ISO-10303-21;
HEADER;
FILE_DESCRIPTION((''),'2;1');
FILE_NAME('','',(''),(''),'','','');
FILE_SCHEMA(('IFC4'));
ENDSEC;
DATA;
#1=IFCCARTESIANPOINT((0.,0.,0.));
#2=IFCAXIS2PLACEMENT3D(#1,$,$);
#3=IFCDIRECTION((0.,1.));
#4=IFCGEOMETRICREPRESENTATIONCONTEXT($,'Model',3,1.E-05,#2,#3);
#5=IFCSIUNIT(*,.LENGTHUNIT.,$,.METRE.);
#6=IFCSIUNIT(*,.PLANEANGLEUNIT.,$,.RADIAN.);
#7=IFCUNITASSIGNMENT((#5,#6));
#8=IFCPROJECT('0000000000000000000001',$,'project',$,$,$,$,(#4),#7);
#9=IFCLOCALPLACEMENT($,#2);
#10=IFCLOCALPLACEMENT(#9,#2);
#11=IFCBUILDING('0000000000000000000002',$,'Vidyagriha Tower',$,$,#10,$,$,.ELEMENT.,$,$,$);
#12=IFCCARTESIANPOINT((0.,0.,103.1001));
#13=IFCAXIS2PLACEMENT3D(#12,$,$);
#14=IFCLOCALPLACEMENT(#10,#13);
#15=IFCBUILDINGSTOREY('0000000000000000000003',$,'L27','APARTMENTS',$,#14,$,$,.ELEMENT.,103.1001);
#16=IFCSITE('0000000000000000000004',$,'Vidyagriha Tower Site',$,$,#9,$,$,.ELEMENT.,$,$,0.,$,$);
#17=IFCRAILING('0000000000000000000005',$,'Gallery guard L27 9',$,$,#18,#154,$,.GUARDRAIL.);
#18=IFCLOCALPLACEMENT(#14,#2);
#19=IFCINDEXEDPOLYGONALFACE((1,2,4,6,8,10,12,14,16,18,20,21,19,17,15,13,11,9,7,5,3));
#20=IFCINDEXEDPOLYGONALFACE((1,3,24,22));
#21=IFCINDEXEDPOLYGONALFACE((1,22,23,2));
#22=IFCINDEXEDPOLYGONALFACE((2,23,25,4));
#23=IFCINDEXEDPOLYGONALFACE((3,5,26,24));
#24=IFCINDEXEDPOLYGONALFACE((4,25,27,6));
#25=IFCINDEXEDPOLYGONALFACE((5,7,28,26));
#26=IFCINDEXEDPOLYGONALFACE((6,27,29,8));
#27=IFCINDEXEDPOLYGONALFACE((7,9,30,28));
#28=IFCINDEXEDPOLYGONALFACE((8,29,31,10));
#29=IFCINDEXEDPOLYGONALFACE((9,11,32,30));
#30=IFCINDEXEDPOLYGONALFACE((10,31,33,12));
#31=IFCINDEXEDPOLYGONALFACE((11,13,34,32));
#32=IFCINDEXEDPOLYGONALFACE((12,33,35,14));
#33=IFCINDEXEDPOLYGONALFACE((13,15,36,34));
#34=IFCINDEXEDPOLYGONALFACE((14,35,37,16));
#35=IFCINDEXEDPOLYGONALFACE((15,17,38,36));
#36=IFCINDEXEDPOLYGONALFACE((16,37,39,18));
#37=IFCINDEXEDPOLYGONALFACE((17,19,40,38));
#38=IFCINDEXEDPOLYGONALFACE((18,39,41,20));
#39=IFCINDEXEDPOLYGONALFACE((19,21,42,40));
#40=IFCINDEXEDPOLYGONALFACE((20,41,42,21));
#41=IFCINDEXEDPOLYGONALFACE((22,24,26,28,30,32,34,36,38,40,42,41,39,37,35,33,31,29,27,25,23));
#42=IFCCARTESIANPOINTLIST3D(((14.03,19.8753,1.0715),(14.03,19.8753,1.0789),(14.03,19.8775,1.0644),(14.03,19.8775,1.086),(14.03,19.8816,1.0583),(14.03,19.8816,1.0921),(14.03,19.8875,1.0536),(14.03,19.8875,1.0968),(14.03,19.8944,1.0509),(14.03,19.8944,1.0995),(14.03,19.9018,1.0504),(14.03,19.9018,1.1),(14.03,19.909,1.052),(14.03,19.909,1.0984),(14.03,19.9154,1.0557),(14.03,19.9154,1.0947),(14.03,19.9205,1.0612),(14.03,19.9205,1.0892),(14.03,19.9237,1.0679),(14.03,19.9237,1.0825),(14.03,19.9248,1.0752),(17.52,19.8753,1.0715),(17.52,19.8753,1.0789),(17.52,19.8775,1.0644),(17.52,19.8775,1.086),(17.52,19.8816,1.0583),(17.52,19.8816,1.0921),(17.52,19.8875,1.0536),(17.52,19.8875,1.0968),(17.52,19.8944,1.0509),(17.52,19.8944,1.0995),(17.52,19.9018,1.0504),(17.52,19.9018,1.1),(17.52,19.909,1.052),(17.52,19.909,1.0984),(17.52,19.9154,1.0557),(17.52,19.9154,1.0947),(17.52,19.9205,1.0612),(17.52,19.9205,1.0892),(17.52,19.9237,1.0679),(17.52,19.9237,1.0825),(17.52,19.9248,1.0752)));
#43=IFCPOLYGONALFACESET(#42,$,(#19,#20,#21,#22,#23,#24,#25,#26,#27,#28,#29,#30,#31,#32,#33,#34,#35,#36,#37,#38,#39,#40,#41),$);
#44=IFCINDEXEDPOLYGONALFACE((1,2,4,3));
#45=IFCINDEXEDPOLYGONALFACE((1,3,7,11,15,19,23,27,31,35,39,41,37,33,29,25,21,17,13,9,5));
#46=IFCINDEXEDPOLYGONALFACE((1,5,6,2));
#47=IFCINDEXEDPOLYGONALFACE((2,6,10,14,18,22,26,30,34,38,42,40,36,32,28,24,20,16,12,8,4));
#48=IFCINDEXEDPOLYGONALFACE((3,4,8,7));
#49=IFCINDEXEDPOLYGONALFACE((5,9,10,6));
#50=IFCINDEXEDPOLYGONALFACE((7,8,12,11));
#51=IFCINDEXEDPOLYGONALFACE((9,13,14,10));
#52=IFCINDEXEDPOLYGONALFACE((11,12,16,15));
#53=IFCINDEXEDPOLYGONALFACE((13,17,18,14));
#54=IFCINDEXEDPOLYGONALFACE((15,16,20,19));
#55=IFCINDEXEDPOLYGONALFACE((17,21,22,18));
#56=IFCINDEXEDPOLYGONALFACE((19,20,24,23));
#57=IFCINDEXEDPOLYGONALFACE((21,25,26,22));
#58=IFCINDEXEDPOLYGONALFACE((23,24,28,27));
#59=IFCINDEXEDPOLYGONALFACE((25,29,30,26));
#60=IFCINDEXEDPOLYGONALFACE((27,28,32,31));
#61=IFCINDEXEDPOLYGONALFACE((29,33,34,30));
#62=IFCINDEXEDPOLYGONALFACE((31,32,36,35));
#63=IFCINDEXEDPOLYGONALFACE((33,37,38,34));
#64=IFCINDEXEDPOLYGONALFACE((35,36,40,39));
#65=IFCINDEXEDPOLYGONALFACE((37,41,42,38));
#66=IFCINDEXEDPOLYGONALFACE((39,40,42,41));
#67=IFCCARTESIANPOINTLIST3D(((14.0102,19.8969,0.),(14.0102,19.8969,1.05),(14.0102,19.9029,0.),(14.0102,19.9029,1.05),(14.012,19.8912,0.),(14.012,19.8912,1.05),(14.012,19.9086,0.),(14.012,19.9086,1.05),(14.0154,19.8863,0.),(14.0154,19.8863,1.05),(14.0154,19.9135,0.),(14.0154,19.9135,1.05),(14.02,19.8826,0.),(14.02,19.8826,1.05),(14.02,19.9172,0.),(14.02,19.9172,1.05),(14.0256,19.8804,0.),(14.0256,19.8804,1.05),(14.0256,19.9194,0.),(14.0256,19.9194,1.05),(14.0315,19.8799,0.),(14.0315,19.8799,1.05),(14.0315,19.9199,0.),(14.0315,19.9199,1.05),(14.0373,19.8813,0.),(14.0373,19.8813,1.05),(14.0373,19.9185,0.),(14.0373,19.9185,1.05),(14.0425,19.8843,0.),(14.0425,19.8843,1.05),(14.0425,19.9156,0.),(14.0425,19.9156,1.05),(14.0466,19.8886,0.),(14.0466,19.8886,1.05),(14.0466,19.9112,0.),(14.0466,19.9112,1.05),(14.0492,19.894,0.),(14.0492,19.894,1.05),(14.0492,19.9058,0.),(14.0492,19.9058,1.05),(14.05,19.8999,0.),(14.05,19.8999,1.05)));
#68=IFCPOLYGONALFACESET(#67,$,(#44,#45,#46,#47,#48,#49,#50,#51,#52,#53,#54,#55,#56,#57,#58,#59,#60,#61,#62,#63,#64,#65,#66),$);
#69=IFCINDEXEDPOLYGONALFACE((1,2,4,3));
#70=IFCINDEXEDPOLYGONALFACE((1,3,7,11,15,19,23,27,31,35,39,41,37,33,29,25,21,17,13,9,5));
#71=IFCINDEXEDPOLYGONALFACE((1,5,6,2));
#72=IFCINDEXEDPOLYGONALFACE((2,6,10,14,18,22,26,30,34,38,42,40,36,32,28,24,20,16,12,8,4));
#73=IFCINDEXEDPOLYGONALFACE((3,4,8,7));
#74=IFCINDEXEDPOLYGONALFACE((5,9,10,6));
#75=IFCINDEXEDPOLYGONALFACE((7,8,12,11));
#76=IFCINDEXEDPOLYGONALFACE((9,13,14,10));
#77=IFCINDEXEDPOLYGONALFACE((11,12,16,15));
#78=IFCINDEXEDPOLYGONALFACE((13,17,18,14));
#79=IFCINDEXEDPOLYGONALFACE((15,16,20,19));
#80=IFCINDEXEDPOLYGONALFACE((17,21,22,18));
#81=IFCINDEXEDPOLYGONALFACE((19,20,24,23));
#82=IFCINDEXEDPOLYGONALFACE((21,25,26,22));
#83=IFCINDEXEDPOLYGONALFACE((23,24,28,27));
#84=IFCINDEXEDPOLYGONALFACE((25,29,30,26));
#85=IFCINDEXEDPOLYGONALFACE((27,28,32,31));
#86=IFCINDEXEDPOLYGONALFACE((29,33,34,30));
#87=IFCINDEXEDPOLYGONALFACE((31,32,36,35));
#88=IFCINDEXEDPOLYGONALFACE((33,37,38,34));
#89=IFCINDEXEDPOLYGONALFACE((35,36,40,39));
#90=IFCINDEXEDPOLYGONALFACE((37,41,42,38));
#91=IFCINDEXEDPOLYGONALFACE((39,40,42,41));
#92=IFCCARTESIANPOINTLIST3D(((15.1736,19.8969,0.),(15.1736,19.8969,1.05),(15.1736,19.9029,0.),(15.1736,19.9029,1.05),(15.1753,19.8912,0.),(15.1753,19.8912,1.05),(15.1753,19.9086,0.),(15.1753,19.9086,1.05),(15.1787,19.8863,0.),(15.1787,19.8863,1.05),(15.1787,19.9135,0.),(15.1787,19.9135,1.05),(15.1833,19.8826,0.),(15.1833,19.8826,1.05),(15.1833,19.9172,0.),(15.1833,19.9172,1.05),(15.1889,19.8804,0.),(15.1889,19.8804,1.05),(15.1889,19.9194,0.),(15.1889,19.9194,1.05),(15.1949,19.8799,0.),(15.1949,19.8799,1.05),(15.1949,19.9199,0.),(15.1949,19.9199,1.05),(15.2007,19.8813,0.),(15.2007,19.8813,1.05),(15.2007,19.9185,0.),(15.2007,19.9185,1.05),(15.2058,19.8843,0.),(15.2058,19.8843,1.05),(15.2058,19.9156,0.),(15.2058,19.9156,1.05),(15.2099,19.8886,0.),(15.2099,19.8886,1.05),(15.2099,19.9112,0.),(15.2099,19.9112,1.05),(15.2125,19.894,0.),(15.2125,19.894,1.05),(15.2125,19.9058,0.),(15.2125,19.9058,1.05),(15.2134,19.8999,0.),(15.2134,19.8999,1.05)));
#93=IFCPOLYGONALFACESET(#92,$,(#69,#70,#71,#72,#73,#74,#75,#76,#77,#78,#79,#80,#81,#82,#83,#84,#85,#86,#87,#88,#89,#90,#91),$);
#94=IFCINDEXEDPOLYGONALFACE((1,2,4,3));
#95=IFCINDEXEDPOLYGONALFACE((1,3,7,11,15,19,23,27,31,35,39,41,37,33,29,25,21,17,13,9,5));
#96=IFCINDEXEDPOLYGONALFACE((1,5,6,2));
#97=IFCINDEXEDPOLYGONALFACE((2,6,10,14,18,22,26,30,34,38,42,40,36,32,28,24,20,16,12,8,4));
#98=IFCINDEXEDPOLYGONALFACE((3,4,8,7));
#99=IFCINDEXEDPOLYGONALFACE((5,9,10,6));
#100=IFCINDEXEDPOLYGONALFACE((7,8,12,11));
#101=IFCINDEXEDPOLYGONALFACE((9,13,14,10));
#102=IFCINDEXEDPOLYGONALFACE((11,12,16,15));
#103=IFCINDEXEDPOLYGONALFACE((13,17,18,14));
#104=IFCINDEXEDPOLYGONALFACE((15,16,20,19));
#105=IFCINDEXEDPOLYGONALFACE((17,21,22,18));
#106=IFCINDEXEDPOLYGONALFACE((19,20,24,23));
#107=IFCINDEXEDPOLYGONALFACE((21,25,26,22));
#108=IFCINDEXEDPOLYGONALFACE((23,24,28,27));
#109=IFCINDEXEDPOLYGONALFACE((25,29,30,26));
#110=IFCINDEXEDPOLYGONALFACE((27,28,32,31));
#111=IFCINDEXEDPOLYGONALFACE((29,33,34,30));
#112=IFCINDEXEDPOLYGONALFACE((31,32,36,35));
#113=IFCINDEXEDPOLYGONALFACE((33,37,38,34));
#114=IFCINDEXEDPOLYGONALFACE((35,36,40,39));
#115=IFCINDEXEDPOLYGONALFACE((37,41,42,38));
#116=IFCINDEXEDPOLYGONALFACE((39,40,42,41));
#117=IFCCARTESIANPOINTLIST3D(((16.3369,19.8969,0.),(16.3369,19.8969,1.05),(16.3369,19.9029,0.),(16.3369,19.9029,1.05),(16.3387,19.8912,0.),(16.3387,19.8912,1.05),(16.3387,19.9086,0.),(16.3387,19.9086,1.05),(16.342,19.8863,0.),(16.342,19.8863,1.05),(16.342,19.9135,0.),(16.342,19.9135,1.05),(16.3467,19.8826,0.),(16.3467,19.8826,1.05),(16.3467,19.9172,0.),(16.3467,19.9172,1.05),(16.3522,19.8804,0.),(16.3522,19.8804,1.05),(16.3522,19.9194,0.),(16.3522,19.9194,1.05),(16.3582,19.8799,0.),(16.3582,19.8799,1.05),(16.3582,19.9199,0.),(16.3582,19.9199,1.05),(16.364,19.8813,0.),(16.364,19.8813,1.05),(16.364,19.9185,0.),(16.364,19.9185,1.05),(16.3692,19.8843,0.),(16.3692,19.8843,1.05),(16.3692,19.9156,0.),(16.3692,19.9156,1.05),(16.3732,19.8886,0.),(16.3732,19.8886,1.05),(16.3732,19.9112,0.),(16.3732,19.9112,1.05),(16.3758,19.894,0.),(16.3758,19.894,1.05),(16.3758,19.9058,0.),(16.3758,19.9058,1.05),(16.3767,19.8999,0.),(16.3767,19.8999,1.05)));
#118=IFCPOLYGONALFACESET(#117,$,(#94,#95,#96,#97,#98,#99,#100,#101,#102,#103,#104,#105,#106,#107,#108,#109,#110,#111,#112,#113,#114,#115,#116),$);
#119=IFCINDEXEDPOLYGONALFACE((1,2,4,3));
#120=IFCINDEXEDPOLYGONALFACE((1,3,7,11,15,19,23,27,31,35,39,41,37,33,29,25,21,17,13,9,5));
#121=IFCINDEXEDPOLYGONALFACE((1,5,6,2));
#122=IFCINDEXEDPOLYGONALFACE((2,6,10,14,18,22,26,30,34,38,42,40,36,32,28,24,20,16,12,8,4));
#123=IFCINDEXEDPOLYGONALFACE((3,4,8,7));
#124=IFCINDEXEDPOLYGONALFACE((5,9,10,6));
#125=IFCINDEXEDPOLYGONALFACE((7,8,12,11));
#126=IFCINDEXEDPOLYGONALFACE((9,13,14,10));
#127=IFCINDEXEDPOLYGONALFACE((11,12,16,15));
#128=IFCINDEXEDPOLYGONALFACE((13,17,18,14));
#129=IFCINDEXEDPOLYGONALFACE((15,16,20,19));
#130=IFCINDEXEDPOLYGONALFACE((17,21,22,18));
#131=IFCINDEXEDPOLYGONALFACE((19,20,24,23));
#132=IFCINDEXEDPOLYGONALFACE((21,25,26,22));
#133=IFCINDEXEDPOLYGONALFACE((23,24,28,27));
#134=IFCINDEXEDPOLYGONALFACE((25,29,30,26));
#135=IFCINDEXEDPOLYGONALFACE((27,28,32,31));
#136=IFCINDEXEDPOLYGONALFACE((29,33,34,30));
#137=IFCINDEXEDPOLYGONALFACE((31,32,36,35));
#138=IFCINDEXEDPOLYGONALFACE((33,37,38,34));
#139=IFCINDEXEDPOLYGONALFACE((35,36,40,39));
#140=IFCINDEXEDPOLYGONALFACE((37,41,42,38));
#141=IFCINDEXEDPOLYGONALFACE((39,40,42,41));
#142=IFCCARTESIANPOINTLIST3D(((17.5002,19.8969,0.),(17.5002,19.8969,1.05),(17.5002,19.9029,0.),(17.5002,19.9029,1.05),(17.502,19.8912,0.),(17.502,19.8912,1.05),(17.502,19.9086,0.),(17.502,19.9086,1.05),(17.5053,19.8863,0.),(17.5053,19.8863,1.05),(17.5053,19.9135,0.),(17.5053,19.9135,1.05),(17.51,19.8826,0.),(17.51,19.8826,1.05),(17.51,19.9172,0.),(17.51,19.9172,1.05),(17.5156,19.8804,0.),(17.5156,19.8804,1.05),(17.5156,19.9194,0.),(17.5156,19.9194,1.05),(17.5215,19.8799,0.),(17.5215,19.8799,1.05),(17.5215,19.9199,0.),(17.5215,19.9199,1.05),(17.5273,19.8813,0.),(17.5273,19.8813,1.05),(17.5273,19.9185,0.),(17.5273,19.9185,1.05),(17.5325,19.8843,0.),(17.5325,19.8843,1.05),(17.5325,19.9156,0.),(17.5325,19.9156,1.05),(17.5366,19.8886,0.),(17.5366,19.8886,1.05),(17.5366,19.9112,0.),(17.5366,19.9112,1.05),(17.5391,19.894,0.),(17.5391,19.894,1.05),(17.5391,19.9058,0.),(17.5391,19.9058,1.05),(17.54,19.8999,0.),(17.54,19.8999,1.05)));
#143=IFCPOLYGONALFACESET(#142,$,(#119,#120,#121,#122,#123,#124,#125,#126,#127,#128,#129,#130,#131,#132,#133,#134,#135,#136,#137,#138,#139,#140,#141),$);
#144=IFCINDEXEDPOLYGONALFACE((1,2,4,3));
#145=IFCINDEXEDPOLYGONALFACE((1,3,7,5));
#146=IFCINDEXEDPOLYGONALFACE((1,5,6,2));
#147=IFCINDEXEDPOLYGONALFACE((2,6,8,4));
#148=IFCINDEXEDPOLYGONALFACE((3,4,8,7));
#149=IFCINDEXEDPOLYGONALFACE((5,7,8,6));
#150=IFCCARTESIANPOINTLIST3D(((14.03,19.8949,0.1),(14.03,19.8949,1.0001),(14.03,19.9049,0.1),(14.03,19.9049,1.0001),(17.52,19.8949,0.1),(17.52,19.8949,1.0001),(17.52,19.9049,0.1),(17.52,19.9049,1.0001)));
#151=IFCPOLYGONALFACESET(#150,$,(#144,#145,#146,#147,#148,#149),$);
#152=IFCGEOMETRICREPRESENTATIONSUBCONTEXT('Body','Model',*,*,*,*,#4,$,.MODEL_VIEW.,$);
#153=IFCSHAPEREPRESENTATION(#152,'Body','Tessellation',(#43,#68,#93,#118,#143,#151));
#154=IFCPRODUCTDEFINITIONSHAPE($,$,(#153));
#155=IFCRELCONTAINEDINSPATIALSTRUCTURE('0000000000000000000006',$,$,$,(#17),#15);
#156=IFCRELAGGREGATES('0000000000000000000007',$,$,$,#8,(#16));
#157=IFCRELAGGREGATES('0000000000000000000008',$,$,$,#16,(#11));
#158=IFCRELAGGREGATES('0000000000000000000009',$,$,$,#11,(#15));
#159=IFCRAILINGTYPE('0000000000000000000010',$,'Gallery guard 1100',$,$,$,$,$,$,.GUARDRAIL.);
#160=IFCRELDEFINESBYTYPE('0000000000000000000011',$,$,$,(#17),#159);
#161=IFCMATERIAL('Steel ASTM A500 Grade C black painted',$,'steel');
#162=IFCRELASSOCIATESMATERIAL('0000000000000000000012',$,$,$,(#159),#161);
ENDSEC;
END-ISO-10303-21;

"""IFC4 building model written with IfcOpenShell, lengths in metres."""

from ifc_helpers import new_model, si_unit, direction, frame, origin, origin_2d, place, context, subcontext, project, spatial, rectangle, circle, extrude, material, type_object, element, save


model = new_model("IFC4")

# Units and contexts
model_context = context("Model", 3, precision=1e-05, world=origin(), true_north=direction((0.0, 1.0)))
body_context = subcontext(model_context, "Body", "Model", "MODEL_VIEW")
ifc_project = project(units=[si_unit("LENGTHUNIT", "METRE"), si_unit("PLANEANGLEUNIT", "RADIAN")], contexts=[model_context])

# Site, building, storey
site_placement = place(None, origin())
site = spatial("IfcSite", under=ifc_project, at=site_placement, Name="Vidyagriha Tower Site", CompositionType="ELEMENT", RefElevation=0.0)
building_placement = place(site_placement, origin())
building = spatial("IfcBuilding", under=site, at=building_placement, Name="Vidyagriha Tower", CompositionType="ELEMENT")
storey_placement = place(building_placement, frame((0.0, 0.0, 103.1001)))
storey = spatial("IfcBuildingStorey", under=building, at=storey_placement, Name="L27", Description="APARTMENTS", CompositionType="ELEMENT", Elevation=103.1001)

# Railing
ifc_material_1 = material(Name="Steel ASTM A500 Grade C black painted", Category="steel")
railing_type = type_object("IfcRailingType", Name="Gallery guard 1100", PredefinedType="GUARDRAIL", material=ifc_material_1)
railing_placement = place(storey_placement, frame((14.03, 19.8999, 0.0)))
element("IfcRailing", 1, at=railing_placement, inside=storey, type_object=railing_type, Name="Gallery guard L27 9", PredefinedType="GUARDRAIL", context=body_context, shape_type="SweptSolid", body=[
    extrude(circle(Radius=0.0249, at=origin_2d()), frame((0.0, 0.0, 1.0752), z_axis=(1.0, 0.0, 0.0), x_axis=(0.0, 1.0, 0.0)), (0.0, 0.0, 1.0), 3.49),
    extrude(circle(Radius=0.02, at=origin_2d()), origin(), (0.0, 0.0, 1.0), 1.05),
    extrude(circle(Radius=0.02, at=origin_2d()), frame((1.1633, 0.0, 0.0)), (0.0, 0.0, 1.0), 1.05),
    extrude(circle(Radius=0.02, at=origin_2d()), frame((2.3267, 0.0, 0.0)), (0.0, 0.0, 1.0), 1.05),
    extrude(circle(Radius=0.02, at=origin_2d()), frame((3.49, 0.0, 0.0)), (0.0, 0.0, 1.0), 1.05),
    extrude(rectangle(XDim=0.01, YDim=0.9001, at=origin_2d()), frame((0.0, 0.0, 0.55), z_axis=(1.0, 0.0, 0.0), x_axis=(0.0, 1.0, 0.0)), (0.0, 0.0, 1.0), 3.49),
])

save(model, "model.ifc")
